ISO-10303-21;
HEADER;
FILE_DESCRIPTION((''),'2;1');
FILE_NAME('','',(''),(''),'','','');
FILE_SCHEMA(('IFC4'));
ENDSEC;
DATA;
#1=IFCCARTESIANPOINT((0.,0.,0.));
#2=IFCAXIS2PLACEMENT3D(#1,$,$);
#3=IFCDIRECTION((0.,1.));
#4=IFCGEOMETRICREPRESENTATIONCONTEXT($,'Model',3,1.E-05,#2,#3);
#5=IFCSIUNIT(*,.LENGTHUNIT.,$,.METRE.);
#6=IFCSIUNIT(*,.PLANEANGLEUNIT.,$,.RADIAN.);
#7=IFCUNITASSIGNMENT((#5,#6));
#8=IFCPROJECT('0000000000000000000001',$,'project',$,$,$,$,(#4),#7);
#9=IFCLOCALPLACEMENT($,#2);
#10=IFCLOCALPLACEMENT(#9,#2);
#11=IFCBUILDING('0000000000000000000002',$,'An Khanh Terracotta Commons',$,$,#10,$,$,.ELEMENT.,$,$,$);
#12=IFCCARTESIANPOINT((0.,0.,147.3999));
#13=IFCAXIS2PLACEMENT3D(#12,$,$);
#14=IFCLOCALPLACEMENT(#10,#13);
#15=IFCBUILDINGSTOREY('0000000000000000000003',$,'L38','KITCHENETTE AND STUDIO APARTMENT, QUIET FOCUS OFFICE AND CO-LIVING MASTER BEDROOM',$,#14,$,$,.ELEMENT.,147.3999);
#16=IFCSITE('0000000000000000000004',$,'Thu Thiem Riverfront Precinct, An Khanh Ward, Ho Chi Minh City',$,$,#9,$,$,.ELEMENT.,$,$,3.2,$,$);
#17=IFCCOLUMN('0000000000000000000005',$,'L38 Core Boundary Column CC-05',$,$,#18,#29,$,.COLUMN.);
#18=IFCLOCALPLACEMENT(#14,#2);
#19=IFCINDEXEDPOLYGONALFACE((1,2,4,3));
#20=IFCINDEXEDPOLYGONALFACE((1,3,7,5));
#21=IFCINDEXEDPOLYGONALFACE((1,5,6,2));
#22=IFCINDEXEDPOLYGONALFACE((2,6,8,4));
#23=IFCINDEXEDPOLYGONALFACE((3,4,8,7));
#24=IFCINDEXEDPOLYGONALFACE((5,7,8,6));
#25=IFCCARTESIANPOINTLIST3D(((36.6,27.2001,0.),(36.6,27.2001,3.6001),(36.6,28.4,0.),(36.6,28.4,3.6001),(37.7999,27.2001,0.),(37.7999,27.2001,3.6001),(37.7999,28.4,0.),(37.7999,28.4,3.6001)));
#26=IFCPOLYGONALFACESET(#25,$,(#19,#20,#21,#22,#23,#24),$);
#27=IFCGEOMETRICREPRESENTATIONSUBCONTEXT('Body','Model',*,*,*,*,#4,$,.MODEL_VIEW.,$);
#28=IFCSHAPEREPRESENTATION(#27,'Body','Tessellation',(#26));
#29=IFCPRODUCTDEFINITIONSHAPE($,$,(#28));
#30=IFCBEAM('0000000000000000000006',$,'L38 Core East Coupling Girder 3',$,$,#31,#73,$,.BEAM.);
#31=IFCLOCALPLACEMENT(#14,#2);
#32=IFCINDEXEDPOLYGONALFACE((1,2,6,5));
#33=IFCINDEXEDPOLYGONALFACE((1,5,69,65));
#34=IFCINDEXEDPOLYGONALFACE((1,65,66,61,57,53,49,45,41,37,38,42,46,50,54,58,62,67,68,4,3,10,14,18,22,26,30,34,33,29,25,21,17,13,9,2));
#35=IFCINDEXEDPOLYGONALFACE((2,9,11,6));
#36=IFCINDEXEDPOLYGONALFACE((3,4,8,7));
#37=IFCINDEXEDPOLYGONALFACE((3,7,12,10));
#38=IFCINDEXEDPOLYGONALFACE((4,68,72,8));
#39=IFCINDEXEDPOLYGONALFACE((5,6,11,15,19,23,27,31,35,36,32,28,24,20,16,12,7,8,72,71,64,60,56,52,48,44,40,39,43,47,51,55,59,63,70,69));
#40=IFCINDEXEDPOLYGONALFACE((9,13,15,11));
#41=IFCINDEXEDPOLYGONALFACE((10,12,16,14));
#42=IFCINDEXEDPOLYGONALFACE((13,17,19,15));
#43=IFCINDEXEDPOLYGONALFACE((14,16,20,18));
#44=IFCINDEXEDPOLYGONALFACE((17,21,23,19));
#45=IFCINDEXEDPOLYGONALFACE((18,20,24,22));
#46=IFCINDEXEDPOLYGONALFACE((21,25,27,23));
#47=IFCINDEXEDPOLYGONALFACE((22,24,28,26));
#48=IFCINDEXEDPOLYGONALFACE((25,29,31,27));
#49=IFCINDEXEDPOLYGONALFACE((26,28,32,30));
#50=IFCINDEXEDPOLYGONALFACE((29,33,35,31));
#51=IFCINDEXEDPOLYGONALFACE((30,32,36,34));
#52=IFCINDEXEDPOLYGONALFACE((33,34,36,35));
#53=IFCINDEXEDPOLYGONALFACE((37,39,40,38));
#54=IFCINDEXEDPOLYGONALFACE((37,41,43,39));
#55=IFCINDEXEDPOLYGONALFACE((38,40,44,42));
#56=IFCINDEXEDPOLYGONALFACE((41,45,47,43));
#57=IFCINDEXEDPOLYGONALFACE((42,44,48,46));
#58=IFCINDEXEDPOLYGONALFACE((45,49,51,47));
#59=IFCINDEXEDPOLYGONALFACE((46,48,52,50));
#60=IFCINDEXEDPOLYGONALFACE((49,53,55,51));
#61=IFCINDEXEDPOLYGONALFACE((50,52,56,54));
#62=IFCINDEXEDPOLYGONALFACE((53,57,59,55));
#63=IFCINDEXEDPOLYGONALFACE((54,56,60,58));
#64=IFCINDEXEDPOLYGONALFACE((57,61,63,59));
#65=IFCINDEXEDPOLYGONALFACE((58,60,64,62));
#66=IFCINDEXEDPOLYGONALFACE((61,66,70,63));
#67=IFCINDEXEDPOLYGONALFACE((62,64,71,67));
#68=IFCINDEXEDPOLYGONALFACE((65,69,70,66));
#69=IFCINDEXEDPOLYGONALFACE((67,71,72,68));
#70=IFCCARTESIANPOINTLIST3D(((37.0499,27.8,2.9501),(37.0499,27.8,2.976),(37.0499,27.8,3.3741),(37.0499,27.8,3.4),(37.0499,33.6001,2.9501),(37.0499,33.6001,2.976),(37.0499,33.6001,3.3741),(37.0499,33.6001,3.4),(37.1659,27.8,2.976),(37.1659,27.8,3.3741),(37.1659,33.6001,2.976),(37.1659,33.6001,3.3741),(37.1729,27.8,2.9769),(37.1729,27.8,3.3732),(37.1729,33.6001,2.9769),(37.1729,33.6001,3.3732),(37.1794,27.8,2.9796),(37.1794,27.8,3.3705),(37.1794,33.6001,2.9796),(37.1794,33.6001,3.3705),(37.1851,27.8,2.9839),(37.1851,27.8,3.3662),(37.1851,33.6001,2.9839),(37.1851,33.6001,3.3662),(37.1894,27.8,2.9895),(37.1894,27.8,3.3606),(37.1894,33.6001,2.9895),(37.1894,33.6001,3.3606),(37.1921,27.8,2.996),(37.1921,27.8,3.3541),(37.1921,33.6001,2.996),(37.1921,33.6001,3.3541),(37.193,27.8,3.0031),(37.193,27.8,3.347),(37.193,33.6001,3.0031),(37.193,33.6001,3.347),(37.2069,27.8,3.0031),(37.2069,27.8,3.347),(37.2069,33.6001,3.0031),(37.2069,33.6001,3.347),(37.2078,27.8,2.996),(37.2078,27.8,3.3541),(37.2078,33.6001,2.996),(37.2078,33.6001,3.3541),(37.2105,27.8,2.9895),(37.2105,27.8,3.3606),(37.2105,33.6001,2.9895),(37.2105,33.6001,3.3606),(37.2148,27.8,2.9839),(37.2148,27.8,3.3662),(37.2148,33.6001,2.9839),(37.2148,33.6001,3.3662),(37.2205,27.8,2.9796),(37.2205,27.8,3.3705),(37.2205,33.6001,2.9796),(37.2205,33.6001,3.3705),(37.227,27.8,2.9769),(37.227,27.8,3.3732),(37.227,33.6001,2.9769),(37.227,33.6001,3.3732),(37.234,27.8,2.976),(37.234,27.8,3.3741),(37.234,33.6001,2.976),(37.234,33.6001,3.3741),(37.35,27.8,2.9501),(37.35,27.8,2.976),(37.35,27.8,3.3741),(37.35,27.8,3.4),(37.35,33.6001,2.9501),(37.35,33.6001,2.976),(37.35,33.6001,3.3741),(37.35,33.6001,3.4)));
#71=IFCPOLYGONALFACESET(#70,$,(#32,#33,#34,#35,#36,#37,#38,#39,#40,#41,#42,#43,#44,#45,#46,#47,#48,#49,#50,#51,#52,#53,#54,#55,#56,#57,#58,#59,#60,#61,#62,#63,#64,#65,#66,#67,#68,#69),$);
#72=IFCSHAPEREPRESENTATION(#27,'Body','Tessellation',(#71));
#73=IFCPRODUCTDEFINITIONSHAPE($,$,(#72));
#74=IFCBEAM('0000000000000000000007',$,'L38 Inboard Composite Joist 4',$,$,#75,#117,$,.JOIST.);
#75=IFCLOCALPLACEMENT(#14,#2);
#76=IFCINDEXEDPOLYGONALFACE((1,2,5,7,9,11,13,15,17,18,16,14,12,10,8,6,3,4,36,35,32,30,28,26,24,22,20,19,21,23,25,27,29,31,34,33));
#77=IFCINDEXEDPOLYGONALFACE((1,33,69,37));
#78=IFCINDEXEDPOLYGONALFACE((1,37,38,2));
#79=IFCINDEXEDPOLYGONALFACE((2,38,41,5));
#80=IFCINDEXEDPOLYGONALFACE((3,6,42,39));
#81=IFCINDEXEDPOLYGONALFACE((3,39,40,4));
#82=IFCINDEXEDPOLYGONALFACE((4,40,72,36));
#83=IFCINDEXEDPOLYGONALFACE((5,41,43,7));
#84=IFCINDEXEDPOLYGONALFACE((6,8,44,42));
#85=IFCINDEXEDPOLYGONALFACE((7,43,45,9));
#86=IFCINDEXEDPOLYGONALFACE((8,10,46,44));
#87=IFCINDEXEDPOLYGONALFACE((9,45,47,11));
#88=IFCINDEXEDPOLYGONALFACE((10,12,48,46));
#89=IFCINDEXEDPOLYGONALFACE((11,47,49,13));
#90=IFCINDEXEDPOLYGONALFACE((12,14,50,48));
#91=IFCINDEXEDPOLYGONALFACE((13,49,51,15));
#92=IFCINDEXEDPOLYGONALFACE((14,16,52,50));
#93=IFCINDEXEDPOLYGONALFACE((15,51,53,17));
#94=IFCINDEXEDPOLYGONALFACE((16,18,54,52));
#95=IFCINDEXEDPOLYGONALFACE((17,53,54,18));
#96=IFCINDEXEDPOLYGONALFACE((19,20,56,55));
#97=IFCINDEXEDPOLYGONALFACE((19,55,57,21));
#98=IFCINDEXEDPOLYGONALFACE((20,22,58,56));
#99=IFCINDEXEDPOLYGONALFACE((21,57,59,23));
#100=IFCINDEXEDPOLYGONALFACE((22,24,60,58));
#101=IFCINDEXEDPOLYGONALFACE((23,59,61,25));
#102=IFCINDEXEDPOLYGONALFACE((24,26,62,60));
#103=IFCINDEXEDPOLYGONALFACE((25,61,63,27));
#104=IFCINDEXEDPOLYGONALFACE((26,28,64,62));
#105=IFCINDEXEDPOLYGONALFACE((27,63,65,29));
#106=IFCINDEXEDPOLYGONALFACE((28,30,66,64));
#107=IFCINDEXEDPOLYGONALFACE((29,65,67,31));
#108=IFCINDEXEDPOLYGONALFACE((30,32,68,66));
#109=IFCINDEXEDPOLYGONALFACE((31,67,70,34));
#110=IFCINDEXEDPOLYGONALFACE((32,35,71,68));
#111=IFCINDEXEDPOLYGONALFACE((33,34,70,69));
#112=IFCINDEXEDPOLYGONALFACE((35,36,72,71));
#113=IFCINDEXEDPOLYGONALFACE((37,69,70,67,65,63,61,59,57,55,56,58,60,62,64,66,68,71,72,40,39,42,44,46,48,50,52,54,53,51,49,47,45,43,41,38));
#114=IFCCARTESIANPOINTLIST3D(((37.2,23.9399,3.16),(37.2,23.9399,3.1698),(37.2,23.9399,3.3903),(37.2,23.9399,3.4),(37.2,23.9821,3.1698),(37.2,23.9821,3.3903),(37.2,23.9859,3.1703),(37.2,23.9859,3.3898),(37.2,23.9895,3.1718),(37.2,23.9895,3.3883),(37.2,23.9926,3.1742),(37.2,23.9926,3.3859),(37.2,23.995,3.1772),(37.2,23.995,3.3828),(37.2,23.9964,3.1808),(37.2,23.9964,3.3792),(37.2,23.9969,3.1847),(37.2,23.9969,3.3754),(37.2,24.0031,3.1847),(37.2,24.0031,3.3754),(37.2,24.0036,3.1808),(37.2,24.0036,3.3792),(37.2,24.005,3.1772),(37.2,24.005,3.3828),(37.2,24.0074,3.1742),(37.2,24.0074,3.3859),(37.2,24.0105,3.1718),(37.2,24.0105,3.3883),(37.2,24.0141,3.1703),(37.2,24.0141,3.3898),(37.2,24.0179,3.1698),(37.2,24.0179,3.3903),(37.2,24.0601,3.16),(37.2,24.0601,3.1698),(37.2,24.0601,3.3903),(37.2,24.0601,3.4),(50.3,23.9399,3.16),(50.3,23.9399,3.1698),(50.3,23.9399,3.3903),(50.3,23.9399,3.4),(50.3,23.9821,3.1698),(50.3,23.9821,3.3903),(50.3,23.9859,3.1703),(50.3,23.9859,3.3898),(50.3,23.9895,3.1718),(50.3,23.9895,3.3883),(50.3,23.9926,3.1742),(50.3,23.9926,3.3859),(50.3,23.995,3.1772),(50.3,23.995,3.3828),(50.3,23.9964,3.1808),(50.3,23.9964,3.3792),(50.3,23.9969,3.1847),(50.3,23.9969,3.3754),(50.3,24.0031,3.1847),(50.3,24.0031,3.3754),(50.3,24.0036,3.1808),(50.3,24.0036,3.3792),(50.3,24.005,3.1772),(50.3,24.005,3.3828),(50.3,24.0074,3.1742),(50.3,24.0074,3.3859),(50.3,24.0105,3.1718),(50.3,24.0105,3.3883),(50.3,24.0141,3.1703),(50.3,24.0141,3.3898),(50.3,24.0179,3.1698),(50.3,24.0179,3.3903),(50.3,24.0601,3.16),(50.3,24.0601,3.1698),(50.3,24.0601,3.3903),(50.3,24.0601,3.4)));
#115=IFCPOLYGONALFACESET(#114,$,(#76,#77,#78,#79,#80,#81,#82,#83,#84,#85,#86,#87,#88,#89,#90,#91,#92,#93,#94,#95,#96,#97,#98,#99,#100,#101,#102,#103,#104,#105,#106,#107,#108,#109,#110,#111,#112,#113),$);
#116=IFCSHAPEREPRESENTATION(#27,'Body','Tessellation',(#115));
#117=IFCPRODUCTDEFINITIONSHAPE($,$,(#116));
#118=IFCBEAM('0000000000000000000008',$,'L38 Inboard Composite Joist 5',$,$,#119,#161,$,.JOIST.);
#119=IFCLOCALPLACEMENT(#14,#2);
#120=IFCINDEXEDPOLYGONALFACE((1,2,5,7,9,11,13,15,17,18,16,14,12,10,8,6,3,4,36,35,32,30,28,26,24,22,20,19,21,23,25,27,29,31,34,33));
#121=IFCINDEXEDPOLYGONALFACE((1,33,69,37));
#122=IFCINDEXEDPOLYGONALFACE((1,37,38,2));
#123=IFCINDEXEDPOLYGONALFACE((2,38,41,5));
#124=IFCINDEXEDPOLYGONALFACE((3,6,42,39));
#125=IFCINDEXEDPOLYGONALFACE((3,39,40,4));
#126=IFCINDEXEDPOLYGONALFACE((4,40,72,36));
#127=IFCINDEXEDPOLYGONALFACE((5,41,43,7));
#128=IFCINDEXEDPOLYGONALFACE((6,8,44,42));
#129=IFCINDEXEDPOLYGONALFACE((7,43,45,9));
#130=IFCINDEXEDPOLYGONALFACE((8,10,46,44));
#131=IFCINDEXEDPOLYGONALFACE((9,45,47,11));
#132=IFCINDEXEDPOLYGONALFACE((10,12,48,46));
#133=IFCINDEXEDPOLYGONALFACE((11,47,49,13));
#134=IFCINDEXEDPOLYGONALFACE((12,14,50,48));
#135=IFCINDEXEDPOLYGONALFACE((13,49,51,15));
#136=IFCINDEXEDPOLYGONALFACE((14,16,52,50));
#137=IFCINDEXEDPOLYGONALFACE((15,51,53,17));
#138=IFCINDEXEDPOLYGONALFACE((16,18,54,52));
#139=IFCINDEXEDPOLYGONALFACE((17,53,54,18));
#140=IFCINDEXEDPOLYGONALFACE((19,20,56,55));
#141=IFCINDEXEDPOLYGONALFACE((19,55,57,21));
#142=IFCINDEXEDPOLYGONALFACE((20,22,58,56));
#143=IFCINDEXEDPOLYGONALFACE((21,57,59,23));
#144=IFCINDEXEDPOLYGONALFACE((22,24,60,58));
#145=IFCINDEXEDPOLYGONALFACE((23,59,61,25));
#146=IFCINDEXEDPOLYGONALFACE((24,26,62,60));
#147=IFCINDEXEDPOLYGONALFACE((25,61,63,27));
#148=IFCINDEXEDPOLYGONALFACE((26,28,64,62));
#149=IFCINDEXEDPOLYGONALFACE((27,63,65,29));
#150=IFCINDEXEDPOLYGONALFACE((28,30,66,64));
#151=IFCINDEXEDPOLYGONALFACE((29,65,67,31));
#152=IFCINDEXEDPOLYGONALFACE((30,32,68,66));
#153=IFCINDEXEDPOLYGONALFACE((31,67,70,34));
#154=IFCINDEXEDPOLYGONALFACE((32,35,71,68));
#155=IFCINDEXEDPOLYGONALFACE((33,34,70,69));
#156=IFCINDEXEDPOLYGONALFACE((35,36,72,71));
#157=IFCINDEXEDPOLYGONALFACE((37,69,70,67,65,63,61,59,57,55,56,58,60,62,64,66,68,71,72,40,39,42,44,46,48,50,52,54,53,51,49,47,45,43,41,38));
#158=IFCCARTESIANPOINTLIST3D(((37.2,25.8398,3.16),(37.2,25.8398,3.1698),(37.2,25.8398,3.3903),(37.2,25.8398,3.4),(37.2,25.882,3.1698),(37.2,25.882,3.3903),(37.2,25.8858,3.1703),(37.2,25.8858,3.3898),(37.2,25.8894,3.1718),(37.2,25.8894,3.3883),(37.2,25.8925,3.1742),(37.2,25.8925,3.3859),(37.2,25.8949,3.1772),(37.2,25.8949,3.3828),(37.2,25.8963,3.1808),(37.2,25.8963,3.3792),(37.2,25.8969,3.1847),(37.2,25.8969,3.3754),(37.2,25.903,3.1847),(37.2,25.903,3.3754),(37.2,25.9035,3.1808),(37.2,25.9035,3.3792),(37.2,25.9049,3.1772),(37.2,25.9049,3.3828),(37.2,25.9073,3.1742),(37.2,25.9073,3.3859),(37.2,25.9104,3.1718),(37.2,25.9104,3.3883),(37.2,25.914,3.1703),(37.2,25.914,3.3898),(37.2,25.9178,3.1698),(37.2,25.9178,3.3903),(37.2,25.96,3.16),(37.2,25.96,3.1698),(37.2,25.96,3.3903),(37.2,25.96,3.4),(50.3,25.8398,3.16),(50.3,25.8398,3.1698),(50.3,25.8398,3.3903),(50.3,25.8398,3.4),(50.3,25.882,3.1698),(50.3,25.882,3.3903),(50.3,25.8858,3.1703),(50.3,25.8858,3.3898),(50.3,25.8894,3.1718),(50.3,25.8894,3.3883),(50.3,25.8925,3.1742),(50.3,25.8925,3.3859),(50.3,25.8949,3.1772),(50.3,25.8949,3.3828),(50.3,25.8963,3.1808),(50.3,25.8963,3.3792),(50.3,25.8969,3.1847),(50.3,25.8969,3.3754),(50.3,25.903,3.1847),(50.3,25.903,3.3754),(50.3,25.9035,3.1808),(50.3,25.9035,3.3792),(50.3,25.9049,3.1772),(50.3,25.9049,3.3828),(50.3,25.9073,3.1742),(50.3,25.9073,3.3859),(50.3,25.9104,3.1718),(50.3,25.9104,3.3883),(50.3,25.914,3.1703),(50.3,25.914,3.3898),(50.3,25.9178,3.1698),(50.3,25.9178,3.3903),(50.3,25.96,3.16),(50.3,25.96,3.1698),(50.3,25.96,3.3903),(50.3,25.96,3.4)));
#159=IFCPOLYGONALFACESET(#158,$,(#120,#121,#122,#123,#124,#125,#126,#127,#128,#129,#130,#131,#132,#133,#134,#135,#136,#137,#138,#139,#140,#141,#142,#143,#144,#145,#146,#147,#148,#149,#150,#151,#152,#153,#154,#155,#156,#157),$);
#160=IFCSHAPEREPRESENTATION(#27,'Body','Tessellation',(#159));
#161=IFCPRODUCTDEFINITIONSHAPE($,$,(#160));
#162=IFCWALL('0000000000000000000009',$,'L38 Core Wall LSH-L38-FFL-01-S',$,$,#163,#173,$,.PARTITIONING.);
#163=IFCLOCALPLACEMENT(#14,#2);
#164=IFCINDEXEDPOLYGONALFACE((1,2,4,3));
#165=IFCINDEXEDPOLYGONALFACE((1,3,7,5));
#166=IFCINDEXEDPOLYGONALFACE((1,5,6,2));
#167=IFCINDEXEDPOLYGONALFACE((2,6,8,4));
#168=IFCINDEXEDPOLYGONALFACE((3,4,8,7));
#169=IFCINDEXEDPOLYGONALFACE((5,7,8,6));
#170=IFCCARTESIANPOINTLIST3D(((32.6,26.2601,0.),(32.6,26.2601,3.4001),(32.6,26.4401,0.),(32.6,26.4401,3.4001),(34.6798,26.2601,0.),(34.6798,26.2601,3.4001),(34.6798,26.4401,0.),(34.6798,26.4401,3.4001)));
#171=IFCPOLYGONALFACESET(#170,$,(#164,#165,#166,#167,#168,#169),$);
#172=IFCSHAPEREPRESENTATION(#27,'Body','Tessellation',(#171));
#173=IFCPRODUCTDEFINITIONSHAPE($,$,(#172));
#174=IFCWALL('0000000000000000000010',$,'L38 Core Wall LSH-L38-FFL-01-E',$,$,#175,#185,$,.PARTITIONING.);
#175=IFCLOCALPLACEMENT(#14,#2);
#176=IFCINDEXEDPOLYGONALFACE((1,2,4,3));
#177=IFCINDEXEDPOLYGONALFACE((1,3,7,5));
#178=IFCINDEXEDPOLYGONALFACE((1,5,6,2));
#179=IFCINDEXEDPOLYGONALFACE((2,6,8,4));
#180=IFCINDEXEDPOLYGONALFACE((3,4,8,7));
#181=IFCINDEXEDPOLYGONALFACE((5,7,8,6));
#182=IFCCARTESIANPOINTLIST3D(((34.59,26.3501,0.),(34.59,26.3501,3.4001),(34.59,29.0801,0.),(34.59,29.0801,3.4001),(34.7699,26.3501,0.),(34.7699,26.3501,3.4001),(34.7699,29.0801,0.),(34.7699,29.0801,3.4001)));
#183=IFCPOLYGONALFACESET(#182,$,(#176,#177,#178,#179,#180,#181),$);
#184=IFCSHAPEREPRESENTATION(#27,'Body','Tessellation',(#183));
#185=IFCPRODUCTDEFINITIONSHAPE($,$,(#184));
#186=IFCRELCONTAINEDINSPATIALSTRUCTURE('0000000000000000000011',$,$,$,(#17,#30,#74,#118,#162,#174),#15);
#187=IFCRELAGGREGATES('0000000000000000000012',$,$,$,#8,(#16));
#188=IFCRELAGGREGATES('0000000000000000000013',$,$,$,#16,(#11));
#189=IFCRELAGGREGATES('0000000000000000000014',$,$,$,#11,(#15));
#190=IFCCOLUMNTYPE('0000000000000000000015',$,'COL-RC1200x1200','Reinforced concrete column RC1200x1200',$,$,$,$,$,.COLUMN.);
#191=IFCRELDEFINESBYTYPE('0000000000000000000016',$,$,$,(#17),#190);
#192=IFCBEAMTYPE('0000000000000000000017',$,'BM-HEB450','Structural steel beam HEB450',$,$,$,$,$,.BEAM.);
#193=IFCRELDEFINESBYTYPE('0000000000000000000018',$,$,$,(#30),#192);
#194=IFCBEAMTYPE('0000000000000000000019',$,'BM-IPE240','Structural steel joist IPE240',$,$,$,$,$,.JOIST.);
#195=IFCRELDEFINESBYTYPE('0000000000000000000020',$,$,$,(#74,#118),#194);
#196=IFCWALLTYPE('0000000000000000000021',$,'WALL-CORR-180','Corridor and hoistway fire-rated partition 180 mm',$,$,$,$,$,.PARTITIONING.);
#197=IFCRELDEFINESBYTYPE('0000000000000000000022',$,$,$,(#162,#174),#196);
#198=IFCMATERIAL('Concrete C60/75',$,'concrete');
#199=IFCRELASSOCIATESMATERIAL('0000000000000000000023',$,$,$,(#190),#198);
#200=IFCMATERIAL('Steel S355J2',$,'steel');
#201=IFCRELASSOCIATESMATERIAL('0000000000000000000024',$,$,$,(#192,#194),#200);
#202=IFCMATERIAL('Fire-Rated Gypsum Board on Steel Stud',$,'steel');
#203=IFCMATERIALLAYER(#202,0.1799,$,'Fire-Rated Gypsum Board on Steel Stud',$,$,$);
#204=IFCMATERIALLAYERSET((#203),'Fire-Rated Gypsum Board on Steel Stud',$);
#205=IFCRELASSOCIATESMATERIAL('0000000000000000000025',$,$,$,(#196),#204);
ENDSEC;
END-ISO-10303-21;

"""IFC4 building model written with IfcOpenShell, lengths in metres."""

from ifc_helpers import new_model, si_unit, direction, frame, frame_2d, origin, origin_2d, place, context, subcontext, project, spatial, rectangle, i_section, extrude, material, layer, layer_set, material_profile, profile_set, type_object, element, save


model = new_model("IFC4")

# Units and contexts
model_context = context("Model", 3, precision=1e-05, world=origin(), true_north=direction((0.0, 1.0)))
body_context = subcontext(model_context, "Body", "Model", "MODEL_VIEW")
ifc_project = project(units=[si_unit("LENGTHUNIT", "METRE"), si_unit("PLANEANGLEUNIT", "RADIAN")], contexts=[model_context])

# Site, building, storey
site_placement = place(None, origin())
site = spatial("IfcSite", under=ifc_project, at=site_placement, Name="Thu Thiem Riverfront Precinct, An Khanh Ward, Ho Chi Minh City", CompositionType="ELEMENT", RefElevation=3.2)
building_placement = place(site_placement, origin())
building = spatial("IfcBuilding", under=site, at=building_placement, Name="An Khanh Terracotta Commons", CompositionType="ELEMENT")
storey_placement = place(building_placement, frame((0.0, 0.0, 147.3999)))
storey = spatial("IfcBuildingStorey", under=building, at=storey_placement, Name="L38", Description="KITCHENETTE AND STUDIO APARTMENT, QUIET FOCUS OFFICE AND CO-LIVING MASTER BEDROOM", CompositionType="ELEMENT", Elevation=147.3999)

# Column
ifc_material_1 = material(Name="Concrete C60/75", Category="concrete")
ifc_material_profile_1 = material_profile(ifc_material_1, rectangle(XDim=1.2, YDim=1.2, at=origin_2d()), Name="RC1200x1200")
ifc_profile_set_1 = profile_set([ifc_material_profile_1], Name="Concrete C60/75")
column_type = type_object("IfcColumnType", Name="COL-RC1200x1200", Description="Reinforced concrete column RC1200x1200", PredefinedType="COLUMN", material=ifc_profile_set_1)
column_placement = place(storey_placement, frame((37.2, 27.8, 0.0), z_axis=(0.0, 0.0, 1.0), x_axis=(1.0, 0.0, 0.0)))
element("IfcColumn", 1, at=column_placement, inside=storey, type_object=column_type, Name="L38 Core Boundary Column CC-05", PredefinedType="COLUMN", context=body_context, shape_type="SweptSolid", body=[
    extrude(rectangle(XDim=1.2, YDim=1.2, at=origin_2d()), origin(), (0.0, 0.0, 1.0), 3.6001),
])

# Beams
ifc_material_2 = material(Name="Steel S355J2", Category="steel")
ifc_material_profile_2 = material_profile(ifc_material_2, i_section(OverallWidth=0.3, OverallDepth=0.45, WebThickness=0.0139, FlangeThickness=0.0259, FilletRadius=0.0271, at=origin_2d()), Name="HEB450")
ifc_profile_set_2 = profile_set([ifc_material_profile_2], Name="Steel S355J2")
beam_type_1 = type_object("IfcBeamType", Name="BM-HEB450", Description="Structural steel beam HEB450", PredefinedType="BEAM", material=ifc_profile_set_2)
beam_placement = place(storey_placement, frame((37.2, 27.8, 3.175), z_axis=(0.0, 1.0, 0.0), x_axis=(-1.0, 0.0, 0.0)))
element("IfcBeam", 2, at=beam_placement, inside=storey, type_object=beam_type_1, Name="L38 Core East Coupling Girder 3", PredefinedType="BEAM", context=body_context, shape_type="SweptSolid", body=[
    extrude(i_section(OverallWidth=0.3, OverallDepth=0.45, WebThickness=0.0139, FlangeThickness=0.0259, FilletRadius=0.0271, at=origin_2d()), origin(), (0.0, 0.0, 1.0), 5.8),
])
ifc_material_profile_3 = material_profile(ifc_material_2, i_section(OverallWidth=0.1201, OverallDepth=0.24, WebThickness=0.0061, FlangeThickness=0.0098, FilletRadius=0.0149, at=origin_2d()), Name="IPE240")
ifc_profile_set_3 = profile_set([ifc_material_profile_3], Name="Steel S355J2")
beam_type_2 = type_object("IfcBeamType", Name="BM-IPE240", Description="Structural steel joist IPE240", PredefinedType="JOIST", material=ifc_profile_set_3)
for number, where, z_axis, x_axis, name in (
    (3, (37.2, 24.0, 3.28), (1.0, 0.0, 0.0), (0.0, 1.0, 0.0), "L38 Inboard Composite Joist 4"),
    (4, (37.2, 25.8999, 3.28), (1.0, 0.0, 0.0), (0.0, 1.0, 0.0), "L38 Inboard Composite Joist 5"),
):
    element("IfcBeam", number, at=place(storey_placement, frame(where, z_axis=z_axis, x_axis=x_axis)), inside=storey, type_object=beam_type_2, Name=name, PredefinedType="JOIST", context=body_context, shape_type="SweptSolid", body=[
        extrude(i_section(OverallWidth=0.1201, OverallDepth=0.24, WebThickness=0.0061, FlangeThickness=0.0098, FilletRadius=0.0149, at=origin_2d()), origin(), (0.0, 0.0, 1.0), 13.1001),
    ])

# Walls
ifc_material_3 = material(Name="Fire-Rated Gypsum Board on Steel Stud", Category="steel")
ifc_layer_1 = layer(ifc_material_3, 0.1799, Name="Fire-Rated Gypsum Board on Steel Stud")
ifc_layer_set_1 = layer_set([ifc_layer_1], Name="Fire-Rated Gypsum Board on Steel Stud")
wall_type_1 = type_object("IfcWallType", Name="WALL-CORR-180", Description="Corridor and hoistway fire-rated partition 180 mm", PredefinedType="PARTITIONING", material=ifc_layer_set_1)
wall_1_placement = place(storey_placement, frame((34.6799, 26.3501, 0.0), z_axis=(0.0, 0.0, 1.0), x_axis=(-1.0, 0.0, 0.0)))
element("IfcWall", 5, at=wall_1_placement, inside=storey, type_object=wall_type_1, Name="L38 Core Wall LSH-L38-FFL-01-S", PredefinedType="PARTITIONING", context=body_context, shape_type="SweptSolid", body=[
    extrude(rectangle(XDim=2.0798, YDim=0.1799, at=frame_2d((1.04, 0.0))), origin(), (0.0, 0.0, 1.0), 3.4001),
])
wall_2_placement = place(storey_placement, frame((34.6799, 26.3501, 0.0), z_axis=(0.0, 0.0, 1.0), x_axis=(0.0, 1.0, 0.0)))
element("IfcWall", 6, at=wall_2_placement, inside=storey, type_object=wall_type_1, Name="L38 Core Wall LSH-L38-FFL-01-E", PredefinedType="PARTITIONING", context=body_context, shape_type="SweptSolid", body=[
    extrude(rectangle(XDim=2.73, YDim=0.1799, at=frame_2d((1.365, 0.0))), origin(), (0.0, 0.0, 1.0), 3.4001),
])

save(model, "model.ifc")
